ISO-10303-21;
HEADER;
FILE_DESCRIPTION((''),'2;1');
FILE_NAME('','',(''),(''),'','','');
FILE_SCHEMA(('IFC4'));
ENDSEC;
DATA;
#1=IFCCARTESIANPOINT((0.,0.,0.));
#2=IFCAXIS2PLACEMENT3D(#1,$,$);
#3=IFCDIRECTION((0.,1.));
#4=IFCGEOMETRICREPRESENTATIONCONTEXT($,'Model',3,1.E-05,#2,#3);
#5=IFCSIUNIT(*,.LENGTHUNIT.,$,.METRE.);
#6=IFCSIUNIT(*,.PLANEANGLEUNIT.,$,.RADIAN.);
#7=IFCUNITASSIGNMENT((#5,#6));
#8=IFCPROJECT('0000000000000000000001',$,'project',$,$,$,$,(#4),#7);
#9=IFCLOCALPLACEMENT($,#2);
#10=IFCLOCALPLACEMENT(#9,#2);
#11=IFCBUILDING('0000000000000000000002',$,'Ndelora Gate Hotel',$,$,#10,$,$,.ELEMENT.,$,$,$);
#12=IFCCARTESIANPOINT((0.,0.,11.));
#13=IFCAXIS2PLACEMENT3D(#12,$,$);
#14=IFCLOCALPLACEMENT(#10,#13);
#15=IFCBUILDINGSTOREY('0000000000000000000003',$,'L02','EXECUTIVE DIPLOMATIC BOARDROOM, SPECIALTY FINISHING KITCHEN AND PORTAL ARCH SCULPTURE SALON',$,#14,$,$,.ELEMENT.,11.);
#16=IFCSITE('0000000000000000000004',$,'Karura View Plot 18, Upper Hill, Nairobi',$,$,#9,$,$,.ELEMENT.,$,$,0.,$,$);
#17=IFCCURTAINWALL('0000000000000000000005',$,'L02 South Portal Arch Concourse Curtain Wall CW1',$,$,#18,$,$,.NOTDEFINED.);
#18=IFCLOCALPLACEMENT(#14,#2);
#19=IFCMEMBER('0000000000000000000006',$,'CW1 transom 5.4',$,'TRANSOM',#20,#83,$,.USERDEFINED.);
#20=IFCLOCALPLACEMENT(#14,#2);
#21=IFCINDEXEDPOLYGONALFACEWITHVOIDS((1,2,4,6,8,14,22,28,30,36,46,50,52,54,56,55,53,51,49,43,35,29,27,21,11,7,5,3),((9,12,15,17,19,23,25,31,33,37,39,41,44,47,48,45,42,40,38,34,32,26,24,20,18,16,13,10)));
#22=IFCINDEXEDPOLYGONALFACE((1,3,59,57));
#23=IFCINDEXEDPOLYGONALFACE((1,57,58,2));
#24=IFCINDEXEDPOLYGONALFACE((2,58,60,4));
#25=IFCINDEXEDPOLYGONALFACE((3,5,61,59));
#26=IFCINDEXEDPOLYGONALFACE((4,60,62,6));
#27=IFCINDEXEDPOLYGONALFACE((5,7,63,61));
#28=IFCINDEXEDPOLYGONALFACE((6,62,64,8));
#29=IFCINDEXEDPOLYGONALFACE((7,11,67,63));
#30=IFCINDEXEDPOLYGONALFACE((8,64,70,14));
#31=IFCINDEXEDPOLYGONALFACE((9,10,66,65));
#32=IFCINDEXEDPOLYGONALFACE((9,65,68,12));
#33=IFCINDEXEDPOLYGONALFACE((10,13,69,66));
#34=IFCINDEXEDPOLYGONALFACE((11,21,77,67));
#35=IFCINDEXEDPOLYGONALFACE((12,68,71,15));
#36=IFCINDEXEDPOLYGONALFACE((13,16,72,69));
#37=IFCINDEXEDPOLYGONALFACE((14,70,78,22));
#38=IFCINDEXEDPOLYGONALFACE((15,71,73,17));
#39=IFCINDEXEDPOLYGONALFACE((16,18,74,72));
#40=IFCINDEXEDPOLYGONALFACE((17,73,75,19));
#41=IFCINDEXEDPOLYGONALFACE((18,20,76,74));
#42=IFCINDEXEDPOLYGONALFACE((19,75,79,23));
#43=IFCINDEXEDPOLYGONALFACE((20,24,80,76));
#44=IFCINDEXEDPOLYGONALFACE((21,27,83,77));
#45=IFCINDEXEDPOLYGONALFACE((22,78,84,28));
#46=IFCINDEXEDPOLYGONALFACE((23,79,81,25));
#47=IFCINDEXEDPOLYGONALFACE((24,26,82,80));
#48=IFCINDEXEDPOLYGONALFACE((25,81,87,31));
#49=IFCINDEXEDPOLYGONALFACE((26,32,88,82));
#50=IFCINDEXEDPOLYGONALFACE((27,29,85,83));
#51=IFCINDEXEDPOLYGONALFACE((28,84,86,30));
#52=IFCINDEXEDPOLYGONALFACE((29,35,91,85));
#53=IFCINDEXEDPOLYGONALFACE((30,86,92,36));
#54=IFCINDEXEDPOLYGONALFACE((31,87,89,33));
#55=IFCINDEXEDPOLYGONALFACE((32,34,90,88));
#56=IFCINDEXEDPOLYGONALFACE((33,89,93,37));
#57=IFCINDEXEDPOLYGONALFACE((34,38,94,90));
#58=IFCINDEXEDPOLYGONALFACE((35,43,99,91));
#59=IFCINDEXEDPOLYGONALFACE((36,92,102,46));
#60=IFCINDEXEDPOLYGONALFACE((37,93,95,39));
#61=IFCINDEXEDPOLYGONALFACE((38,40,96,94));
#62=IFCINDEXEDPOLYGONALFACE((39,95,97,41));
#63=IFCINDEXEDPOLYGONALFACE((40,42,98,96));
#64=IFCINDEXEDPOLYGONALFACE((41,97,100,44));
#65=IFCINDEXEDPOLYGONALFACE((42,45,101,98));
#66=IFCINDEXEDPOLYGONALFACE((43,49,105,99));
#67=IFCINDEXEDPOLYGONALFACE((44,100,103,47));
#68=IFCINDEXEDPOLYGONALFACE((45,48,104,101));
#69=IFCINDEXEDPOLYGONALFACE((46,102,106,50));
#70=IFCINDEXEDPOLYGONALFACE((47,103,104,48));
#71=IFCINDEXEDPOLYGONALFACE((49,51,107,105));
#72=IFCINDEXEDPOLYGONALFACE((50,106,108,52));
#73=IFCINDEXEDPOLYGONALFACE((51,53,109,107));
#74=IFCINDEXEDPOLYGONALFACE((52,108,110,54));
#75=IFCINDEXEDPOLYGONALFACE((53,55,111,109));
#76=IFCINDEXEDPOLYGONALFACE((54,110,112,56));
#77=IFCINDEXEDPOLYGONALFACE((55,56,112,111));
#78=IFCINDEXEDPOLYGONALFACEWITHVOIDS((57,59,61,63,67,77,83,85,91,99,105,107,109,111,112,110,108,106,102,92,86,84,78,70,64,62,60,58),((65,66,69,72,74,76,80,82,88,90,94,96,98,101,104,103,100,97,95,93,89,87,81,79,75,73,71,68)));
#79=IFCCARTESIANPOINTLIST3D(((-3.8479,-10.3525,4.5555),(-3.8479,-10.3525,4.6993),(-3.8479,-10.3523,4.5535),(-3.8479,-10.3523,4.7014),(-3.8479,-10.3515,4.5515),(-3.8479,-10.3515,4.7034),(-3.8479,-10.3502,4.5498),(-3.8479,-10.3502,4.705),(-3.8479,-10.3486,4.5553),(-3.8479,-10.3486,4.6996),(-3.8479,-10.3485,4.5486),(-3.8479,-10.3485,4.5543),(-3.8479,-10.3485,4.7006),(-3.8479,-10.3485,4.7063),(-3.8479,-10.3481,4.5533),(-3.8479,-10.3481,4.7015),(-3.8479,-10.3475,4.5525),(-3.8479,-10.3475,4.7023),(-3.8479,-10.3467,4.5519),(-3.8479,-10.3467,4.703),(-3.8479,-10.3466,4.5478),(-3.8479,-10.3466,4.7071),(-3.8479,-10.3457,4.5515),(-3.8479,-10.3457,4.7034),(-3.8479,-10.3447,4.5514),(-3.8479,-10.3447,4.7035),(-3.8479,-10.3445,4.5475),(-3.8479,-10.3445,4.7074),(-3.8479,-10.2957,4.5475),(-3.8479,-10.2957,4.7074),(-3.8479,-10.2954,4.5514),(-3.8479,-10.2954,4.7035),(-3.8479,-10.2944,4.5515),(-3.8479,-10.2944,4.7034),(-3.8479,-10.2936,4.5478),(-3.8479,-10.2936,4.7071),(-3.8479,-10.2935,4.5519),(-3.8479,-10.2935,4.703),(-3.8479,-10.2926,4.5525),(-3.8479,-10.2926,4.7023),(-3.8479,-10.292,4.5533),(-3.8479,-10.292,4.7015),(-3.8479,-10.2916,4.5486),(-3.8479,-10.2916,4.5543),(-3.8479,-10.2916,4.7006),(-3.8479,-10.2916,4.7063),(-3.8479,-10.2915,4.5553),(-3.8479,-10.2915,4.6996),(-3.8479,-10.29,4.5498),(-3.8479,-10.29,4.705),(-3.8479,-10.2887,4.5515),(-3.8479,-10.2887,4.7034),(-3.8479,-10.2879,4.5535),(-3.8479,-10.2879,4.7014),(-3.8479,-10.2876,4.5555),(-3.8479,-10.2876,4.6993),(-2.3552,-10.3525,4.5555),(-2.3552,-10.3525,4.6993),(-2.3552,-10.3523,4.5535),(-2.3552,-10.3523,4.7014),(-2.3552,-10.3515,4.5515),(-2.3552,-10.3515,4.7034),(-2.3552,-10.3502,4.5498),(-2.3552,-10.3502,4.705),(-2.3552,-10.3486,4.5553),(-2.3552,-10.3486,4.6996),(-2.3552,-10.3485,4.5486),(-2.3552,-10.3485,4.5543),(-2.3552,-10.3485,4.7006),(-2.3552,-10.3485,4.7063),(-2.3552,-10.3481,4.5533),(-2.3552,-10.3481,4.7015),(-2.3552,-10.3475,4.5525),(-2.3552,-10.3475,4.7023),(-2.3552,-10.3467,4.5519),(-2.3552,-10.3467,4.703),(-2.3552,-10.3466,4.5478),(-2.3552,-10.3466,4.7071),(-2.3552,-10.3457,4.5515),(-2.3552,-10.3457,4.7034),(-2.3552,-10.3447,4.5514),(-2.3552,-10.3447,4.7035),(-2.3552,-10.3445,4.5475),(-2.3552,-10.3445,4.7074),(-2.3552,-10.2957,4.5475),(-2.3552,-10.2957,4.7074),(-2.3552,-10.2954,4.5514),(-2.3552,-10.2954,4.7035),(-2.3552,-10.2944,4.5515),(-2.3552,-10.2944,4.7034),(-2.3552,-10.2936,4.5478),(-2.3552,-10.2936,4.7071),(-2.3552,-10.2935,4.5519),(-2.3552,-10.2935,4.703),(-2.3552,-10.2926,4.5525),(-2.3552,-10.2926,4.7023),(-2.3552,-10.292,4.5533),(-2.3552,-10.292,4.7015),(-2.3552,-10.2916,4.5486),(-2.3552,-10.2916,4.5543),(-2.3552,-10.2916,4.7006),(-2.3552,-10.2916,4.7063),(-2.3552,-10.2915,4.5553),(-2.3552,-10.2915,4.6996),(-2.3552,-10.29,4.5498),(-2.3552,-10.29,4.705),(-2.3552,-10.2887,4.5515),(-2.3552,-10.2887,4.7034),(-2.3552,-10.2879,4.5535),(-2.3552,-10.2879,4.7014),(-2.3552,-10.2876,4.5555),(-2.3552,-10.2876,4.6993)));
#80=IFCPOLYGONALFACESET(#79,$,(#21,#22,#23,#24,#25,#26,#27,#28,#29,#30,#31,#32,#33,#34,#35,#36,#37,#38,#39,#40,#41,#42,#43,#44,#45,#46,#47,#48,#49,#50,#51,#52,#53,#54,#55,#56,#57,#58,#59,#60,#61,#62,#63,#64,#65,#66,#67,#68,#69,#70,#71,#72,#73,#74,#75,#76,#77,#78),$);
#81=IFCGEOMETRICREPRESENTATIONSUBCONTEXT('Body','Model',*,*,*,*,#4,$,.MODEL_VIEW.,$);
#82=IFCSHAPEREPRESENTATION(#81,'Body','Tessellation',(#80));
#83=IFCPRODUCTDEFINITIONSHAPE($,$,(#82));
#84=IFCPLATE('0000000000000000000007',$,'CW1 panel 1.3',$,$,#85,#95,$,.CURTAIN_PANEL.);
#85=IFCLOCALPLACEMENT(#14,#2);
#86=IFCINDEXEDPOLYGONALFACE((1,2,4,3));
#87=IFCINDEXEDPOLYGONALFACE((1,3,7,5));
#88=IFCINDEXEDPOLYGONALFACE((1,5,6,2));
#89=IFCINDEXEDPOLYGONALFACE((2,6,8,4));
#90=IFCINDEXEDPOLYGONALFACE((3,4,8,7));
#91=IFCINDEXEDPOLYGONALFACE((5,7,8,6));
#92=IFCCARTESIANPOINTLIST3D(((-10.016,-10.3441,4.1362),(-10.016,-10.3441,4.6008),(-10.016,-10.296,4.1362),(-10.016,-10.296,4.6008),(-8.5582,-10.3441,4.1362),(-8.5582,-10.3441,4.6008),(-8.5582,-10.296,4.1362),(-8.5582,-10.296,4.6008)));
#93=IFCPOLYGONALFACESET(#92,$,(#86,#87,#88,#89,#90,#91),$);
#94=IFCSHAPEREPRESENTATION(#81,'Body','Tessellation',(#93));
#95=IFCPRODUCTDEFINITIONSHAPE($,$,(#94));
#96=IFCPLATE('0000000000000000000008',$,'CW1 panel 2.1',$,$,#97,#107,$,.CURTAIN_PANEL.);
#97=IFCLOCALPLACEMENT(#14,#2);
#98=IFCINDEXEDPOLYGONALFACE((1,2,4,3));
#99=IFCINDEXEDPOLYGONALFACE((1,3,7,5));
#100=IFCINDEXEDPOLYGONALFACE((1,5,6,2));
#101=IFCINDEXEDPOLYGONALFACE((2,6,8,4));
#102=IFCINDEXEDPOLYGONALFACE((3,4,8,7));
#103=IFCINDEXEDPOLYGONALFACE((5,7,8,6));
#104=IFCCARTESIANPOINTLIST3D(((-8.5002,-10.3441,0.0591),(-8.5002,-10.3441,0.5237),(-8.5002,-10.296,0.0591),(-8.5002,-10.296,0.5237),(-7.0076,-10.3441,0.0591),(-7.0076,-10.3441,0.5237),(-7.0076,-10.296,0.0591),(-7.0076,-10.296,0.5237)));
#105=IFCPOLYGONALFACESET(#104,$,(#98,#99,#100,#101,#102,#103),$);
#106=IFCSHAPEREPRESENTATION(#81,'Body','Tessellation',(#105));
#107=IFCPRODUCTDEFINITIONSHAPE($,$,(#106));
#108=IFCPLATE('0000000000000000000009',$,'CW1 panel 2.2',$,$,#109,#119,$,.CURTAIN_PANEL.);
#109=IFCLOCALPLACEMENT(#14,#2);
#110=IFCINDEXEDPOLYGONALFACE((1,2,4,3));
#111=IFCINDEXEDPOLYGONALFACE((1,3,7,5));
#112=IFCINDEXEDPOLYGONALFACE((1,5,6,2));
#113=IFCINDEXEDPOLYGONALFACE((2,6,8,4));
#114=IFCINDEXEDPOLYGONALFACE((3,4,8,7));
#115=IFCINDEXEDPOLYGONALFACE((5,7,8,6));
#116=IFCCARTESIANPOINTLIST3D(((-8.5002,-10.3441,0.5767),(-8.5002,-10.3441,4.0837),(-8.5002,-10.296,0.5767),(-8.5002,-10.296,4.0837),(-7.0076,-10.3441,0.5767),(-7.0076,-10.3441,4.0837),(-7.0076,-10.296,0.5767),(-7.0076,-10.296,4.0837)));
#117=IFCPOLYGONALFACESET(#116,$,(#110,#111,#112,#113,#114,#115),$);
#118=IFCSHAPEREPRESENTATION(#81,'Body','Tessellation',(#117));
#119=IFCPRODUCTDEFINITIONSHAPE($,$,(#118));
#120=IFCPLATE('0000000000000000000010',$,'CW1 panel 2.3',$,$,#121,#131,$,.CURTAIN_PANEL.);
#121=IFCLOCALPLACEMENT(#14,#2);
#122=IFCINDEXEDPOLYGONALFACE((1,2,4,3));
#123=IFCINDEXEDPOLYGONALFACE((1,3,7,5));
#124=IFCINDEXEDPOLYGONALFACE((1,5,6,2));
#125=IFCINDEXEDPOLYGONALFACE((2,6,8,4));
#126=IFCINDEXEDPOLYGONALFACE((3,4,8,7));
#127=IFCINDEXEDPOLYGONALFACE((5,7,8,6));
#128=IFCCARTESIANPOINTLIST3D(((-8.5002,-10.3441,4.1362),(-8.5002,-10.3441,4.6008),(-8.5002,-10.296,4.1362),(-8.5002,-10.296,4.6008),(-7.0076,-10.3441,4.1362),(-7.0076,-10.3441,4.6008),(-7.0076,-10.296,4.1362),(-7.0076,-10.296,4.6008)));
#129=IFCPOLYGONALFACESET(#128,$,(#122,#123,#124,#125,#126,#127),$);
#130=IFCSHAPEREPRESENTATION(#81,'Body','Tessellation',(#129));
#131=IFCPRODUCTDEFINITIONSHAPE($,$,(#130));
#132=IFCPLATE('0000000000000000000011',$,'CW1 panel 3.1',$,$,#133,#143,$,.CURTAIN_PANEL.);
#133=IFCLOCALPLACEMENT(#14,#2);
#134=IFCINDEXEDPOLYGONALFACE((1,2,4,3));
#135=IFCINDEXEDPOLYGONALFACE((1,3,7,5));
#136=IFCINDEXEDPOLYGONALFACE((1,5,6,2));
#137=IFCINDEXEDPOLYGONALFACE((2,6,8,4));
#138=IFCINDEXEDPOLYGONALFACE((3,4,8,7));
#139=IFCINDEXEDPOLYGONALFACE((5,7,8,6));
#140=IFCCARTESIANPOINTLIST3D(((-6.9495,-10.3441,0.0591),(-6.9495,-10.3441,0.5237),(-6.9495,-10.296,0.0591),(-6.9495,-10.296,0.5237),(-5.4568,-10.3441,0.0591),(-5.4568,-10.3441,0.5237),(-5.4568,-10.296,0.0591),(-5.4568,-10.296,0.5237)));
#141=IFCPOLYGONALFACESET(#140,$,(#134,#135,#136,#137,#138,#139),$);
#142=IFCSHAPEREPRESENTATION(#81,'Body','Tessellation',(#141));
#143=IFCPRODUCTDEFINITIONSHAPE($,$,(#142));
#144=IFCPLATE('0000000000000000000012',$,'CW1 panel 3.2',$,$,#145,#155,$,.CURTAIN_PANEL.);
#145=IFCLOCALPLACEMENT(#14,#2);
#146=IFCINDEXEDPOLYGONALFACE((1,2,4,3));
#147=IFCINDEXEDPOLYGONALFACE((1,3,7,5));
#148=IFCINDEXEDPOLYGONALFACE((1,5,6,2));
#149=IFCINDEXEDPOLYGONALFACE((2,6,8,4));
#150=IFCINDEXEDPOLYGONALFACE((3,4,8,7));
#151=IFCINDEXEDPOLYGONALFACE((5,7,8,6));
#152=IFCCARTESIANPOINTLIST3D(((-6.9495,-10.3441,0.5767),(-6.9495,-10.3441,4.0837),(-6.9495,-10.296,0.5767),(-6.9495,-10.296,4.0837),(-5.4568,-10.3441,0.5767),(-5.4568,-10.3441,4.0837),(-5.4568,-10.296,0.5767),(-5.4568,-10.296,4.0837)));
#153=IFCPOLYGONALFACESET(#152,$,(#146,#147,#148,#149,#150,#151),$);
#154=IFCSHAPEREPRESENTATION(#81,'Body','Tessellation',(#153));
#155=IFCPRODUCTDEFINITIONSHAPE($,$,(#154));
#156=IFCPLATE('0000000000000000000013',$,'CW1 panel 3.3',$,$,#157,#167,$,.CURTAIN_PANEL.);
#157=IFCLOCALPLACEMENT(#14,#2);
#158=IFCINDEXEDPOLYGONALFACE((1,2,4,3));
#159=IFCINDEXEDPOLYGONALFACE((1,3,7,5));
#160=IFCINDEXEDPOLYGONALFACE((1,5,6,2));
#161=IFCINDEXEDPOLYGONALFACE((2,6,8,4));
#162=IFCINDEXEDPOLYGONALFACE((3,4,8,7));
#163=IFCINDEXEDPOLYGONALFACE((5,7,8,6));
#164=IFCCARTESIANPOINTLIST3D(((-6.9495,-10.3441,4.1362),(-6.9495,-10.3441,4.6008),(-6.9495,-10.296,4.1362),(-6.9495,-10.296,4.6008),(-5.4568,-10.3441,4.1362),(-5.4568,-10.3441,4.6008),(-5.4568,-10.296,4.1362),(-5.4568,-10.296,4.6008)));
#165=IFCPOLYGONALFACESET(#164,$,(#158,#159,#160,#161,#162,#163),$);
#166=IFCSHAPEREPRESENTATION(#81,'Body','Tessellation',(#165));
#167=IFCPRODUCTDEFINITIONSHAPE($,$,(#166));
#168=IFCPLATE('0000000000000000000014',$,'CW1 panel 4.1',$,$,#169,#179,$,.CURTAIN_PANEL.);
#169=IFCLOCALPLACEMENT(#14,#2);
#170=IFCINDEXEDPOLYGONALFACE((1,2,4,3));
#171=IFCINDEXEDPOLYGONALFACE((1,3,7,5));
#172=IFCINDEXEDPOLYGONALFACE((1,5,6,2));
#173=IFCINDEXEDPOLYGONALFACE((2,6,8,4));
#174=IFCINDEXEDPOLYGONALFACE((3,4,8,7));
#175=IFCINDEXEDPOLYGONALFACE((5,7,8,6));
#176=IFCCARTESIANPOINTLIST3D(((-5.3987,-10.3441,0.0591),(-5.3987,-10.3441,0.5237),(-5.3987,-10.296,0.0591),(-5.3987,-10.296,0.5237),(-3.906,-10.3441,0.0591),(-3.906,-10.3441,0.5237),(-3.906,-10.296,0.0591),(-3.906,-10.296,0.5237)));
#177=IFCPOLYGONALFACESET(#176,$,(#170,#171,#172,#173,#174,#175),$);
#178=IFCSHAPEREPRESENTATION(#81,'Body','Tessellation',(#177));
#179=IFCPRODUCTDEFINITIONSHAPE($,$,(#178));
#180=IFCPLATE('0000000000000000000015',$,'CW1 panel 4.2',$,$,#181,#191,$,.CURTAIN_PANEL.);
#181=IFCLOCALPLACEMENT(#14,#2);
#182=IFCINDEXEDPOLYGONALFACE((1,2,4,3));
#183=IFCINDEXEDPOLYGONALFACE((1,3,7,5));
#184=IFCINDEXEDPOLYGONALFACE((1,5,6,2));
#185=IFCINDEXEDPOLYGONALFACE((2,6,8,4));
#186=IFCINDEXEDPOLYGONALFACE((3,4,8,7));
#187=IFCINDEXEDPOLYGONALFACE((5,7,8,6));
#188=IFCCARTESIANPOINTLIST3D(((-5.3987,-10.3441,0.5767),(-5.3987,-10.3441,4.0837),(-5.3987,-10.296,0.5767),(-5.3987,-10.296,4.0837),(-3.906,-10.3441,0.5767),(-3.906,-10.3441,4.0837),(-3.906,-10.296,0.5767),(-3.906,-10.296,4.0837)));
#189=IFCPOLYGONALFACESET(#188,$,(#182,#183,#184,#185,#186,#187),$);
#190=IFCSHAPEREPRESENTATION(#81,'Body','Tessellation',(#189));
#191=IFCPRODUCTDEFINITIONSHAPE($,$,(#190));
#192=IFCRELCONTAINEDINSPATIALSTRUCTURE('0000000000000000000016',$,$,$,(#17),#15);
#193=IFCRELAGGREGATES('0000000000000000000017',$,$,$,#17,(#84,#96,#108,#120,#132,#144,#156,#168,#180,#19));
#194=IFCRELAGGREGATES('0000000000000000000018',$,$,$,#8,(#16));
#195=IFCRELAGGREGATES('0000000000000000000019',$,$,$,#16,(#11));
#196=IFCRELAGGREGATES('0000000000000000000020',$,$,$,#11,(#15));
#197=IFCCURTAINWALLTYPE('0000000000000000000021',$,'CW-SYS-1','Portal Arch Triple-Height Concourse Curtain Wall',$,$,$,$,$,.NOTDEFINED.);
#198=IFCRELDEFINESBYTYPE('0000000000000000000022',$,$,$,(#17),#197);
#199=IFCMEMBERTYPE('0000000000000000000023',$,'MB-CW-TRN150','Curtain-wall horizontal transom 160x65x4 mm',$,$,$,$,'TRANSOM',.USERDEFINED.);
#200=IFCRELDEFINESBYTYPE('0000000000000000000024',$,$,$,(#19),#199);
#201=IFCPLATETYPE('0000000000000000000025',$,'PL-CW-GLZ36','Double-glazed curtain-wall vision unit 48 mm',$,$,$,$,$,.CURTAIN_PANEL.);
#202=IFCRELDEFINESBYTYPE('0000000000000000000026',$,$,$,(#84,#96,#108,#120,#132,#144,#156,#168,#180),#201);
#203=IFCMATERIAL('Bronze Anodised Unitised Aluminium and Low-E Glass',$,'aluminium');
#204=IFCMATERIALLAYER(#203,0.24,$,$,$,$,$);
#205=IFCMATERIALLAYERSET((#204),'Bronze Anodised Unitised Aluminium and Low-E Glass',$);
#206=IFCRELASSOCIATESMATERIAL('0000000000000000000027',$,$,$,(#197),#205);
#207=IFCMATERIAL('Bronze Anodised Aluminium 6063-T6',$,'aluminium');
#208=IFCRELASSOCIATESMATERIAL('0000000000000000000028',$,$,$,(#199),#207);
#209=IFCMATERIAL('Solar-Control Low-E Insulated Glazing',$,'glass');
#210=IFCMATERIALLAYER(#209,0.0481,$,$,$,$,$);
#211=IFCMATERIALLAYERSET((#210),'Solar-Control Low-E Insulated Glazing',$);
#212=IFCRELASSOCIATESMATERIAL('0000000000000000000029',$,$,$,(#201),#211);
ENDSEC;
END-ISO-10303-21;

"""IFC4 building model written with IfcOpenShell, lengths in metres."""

from ifc_helpers import new_model, si_unit, direction, frame, origin, origin_2d, place, context, subcontext, project, spatial, rectangle, hollow_rectangle, extrude, material, layer, layer_set, material_profile, profile_set, type_object, element, aggregate, save


model = new_model("IFC4")

# Units and contexts
model_context = context("Model", 3, precision=1e-05, world=origin(), true_north=direction((0.0, 1.0)))
body_context = subcontext(model_context, "Body", "Model", "MODEL_VIEW")
ifc_project = project(units=[si_unit("LENGTHUNIT", "METRE"), si_unit("PLANEANGLEUNIT", "RADIAN")], contexts=[model_context])

# Site, building, storey
site_placement = place(None, origin())
site = spatial("IfcSite", under=ifc_project, at=site_placement, Name="Karura View Plot 18, Upper Hill, Nairobi", CompositionType="ELEMENT", RefElevation=0.0)
building_placement = place(site_placement, origin())
building = spatial("IfcBuilding", under=site, at=building_placement, Name="Ndelora Gate Hotel", CompositionType="ELEMENT")
storey_placement = place(building_placement, frame((0.0, 0.0, 11.0)))
storey = spatial("IfcBuildingStorey", under=building, at=storey_placement, Name="L02", Description="EXECUTIVE DIPLOMATIC BOARDROOM, SPECIALTY FINISHING KITCHEN AND PORTAL ARCH SCULPTURE SALON", CompositionType="ELEMENT", Elevation=11.0)

# Curtain wall, member, plates
ifc_material_1 = material(Name="Bronze Anodised Unitised Aluminium and Low-E Glass", Category="aluminium")
ifc_layer_1 = layer(ifc_material_1, 0.24)
ifc_layer_set_1 = layer_set([ifc_layer_1], Name="Bronze Anodised Unitised Aluminium and Low-E Glass")
curtain_wall_type = type_object("IfcCurtainWallType", Name="CW-SYS-1", Description="Portal Arch Triple-Height Concourse Curtain Wall", PredefinedType="NOTDEFINED", material=ifc_layer_set_1)
curtain_wall_placement = place(storey_placement, origin())
curtain_wall = element("IfcCurtainWall", 1, at=curtain_wall_placement, inside=storey, type_object=curtain_wall_type, Name="L02 South Portal Arch Concourse Curtain Wall CW1", PredefinedType="NOTDEFINED")
ifc_material_2 = material(Name="Bronze Anodised Aluminium 6063-T6", Category="aluminium")
ifc_material_profile_1 = material_profile(ifc_material_2, hollow_rectangle(XDim=0.0649, YDim=0.1599, WallThickness=0.0039, InnerFilletRadius=0.0039, OuterFilletRadius=0.0081, at=origin_2d()), Name="ALU 160x65x4")
ifc_profile_set_1 = profile_set([ifc_material_profile_1], Name="Bronze Anodised Aluminium 6063-T6")
member_type_1 = type_object("IfcMemberType", Name="MB-CW-TRN150", Description="Curtain-wall horizontal transom 160x65x4 mm", ElementType="TRANSOM", PredefinedType="USERDEFINED", material=ifc_profile_set_1)
member_1_placement = place(storey_placement, frame((-3.8479, -10.3201, 4.6274), z_axis=(1.0, 0.0, 0.0), x_axis=(0.0, 1.0, 0.0)))
member_1 = element("IfcMember", 2, at=member_1_placement, type_object=member_type_1, Name="CW1 transom 5.4", ObjectType="TRANSOM", PredefinedType="USERDEFINED", context=body_context, shape_type="SweptSolid", body=[
    extrude(hollow_rectangle(XDim=0.0649, YDim=0.1599, WallThickness=0.0039, InnerFilletRadius=0.0039, OuterFilletRadius=0.0081, at=origin_2d()), origin(), (0.0, 0.0, 1.0), 1.4927),
])
ifc_material_3 = material(Name="Solar-Control Low-E Insulated Glazing", Category="glass")
ifc_layer_2 = layer(ifc_material_3, 0.0481)
ifc_layer_set_2 = layer_set([ifc_layer_2], Name="Solar-Control Low-E Insulated Glazing")
plate_type_1 = type_object("IfcPlateType", Name="PL-CW-GLZ36", Description="Double-glazed curtain-wall vision unit 48 mm", PredefinedType="CURTAIN_PANEL", material=ifc_layer_set_2)
plate_1_placement = place(storey_placement, frame((-9.2871, -10.3201, 4.1362), z_axis=(0.0, 0.0, 1.0), x_axis=(1.0, 0.0, 0.0)))
plate_1 = element("IfcPlate", 3, at=plate_1_placement, type_object=plate_type_1, Name="CW1 panel 1.3", PredefinedType="CURTAIN_PANEL", context=body_context, shape_type="SweptSolid", body=[
    extrude(rectangle(XDim=1.4578, YDim=0.0481, at=origin_2d()), origin(), (0.0, 0.0, 1.0), 0.4646),
])
plate_2_placement = place(storey_placement, frame((-7.7539, -10.3201, 0.0591), z_axis=(0.0, 0.0, 1.0), x_axis=(1.0, 0.0, 0.0)))
plate_2 = element("IfcPlate", 4, at=plate_2_placement, type_object=plate_type_1, Name="CW1 panel 2.1", PredefinedType="CURTAIN_PANEL", context=body_context, shape_type="SweptSolid", body=[
    extrude(rectangle(XDim=1.4927, YDim=0.0481, at=origin_2d()), origin(), (0.0, 0.0, 1.0), 0.4646),
])
plate_3_placement = place(storey_placement, frame((-7.7539, -10.3201, 0.5767), z_axis=(0.0, 0.0, 1.0), x_axis=(1.0, 0.0, 0.0)))
plate_3 = element("IfcPlate", 5, at=plate_3_placement, type_object=plate_type_1, Name="CW1 panel 2.2", PredefinedType="CURTAIN_PANEL", context=body_context, shape_type="SweptSolid", body=[
    extrude(rectangle(XDim=1.4927, YDim=0.0481, at=origin_2d()), origin(), (0.0, 0.0, 1.0), 3.5071),
])
plate_4_placement = place(storey_placement, frame((-7.7539, -10.3201, 4.1362), z_axis=(0.0, 0.0, 1.0), x_axis=(1.0, 0.0, 0.0)))
plate_4 = element("IfcPlate", 6, at=plate_4_placement, type_object=plate_type_1, Name="CW1 panel 2.3", PredefinedType="CURTAIN_PANEL", context=body_context, shape_type="SweptSolid", body=[
    extrude(rectangle(XDim=1.4927, YDim=0.0481, at=origin_2d()), origin(), (0.0, 0.0, 1.0), 0.4646),
])
plate_5_placement = place(storey_placement, frame((-6.2031, -10.3201, 0.0591), z_axis=(0.0, 0.0, 1.0), x_axis=(1.0, 0.0, 0.0)))
plate_5 = element("IfcPlate", 7, at=plate_5_placement, type_object=plate_type_1, Name="CW1 panel 3.1", PredefinedType="CURTAIN_PANEL", context=body_context, shape_type="SweptSolid", body=[
    extrude(rectangle(XDim=1.4927, YDim=0.0481, at=origin_2d()), origin(), (0.0, 0.0, 1.0), 0.4646),
])
plate_6_placement = place(storey_placement, frame((-6.2031, -10.3201, 0.5767), z_axis=(0.0, 0.0, 1.0), x_axis=(1.0, 0.0, 0.0)))
plate_6 = element("IfcPlate", 8, at=plate_6_placement, type_object=plate_type_1, Name="CW1 panel 3.2", PredefinedType="CURTAIN_PANEL", context=body_context, shape_type="SweptSolid", body=[
    extrude(rectangle(XDim=1.4927, YDim=0.0481, at=origin_2d()), origin(), (0.0, 0.0, 1.0), 3.5071),
])
plate_7_placement = place(storey_placement, frame((-6.2031, -10.3201, 4.1362), z_axis=(0.0, 0.0, 1.0), x_axis=(1.0, 0.0, 0.0)))
plate_7 = element("IfcPlate", 9, at=plate_7_placement, type_object=plate_type_1, Name="CW1 panel 3.3", PredefinedType="CURTAIN_PANEL", context=body_context, shape_type="SweptSolid", body=[
    extrude(rectangle(XDim=1.4927, YDim=0.0481, at=origin_2d()), origin(), (0.0, 0.0, 1.0), 0.4646),
])
plate_8_placement = place(storey_placement, frame((-4.6523, -10.3201, 0.0591), z_axis=(0.0, 0.0, 1.0), x_axis=(1.0, 0.0, 0.0)))
plate_8 = element("IfcPlate", 10, at=plate_8_placement, type_object=plate_type_1, Name="CW1 panel 4.1", PredefinedType="CURTAIN_PANEL", context=body_context, shape_type="SweptSolid", body=[
    extrude(rectangle(XDim=1.4927, YDim=0.0481, at=origin_2d()), origin(), (0.0, 0.0, 1.0), 0.4646),
])
plate_9_placement = place(storey_placement, frame((-4.6523, -10.3201, 0.5767), z_axis=(0.0, 0.0, 1.0), x_axis=(1.0, 0.0, 0.0)))
plate_9 = element("IfcPlate", 11, at=plate_9_placement, type_object=plate_type_1, Name="CW1 panel 4.2", PredefinedType="CURTAIN_PANEL", context=body_context, shape_type="SweptSolid", body=[
    extrude(rectangle(XDim=1.4927, YDim=0.0481, at=origin_2d()), origin(), (0.0, 0.0, 1.0), 3.5071),
])
aggregate(curtain_wall, [plate_1, plate_2, plate_3, plate_4, plate_5, plate_6, plate_7, plate_8, plate_9, member_1])

save(model, "model.ifc")
